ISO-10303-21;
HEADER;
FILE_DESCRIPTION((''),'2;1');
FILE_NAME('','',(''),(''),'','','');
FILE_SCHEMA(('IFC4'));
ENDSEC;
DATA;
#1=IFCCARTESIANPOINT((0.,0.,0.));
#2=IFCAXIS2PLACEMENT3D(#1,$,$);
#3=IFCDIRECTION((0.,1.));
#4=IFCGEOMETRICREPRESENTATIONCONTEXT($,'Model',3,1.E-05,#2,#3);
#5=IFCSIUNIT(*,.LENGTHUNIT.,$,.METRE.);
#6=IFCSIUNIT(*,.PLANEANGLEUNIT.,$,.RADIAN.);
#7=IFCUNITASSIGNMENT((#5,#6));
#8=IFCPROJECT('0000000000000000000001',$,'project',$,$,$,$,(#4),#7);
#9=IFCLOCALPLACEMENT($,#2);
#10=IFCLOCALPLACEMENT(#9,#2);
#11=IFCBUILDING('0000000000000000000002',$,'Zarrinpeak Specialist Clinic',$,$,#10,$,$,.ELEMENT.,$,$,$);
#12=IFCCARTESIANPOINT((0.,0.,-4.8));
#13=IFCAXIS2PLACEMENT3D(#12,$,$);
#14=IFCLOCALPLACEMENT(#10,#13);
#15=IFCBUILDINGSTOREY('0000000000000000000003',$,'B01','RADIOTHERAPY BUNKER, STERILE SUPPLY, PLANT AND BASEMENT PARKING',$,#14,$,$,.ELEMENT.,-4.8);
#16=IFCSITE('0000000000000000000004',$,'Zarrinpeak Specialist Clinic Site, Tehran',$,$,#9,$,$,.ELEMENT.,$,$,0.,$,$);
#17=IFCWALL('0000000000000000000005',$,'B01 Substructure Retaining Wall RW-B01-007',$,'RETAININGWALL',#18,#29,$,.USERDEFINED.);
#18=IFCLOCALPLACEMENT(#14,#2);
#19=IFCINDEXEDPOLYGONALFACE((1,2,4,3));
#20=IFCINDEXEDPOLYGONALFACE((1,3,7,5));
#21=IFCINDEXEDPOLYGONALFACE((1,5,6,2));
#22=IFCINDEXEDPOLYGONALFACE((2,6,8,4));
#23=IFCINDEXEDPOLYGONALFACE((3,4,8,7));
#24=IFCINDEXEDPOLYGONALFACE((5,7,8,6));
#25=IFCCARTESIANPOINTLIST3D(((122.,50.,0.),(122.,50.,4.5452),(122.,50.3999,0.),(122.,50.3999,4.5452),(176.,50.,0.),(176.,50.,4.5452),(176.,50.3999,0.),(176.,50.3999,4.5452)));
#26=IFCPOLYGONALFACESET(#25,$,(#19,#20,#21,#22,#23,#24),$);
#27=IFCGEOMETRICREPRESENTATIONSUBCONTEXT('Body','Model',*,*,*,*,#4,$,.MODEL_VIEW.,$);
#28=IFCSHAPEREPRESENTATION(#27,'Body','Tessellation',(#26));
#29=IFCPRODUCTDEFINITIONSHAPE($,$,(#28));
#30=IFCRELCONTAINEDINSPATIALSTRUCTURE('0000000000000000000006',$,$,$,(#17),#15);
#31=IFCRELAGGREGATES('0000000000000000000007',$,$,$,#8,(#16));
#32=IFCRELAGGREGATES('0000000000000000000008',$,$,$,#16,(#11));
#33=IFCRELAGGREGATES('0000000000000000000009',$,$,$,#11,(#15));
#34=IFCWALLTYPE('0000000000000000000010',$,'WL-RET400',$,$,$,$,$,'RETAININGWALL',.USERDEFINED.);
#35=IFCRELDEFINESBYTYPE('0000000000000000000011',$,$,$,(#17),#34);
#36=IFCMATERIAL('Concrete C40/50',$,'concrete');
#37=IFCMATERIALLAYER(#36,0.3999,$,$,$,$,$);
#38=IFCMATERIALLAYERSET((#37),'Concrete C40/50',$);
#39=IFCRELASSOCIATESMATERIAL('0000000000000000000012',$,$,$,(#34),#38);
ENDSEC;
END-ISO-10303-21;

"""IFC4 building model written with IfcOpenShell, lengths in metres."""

from ifc_helpers import new_model, si_unit, direction, frame, frame_2d, origin, place, context, subcontext, project, spatial, rectangle, extrude, material, layer, layer_set, type_object, element, save


model = new_model("IFC4")

# Units and contexts
model_context = context("Model", 3, precision=1e-05, world=origin(), true_north=direction((0.0, 1.0)))
body_context = subcontext(model_context, "Body", "Model", "MODEL_VIEW")
ifc_project = project(units=[si_unit("LENGTHUNIT", "METRE"), si_unit("PLANEANGLEUNIT", "RADIAN")], contexts=[model_context])

# Site, building, storey
site_placement = place(None, origin())
site = spatial("IfcSite", under=ifc_project, at=site_placement, Name="Zarrinpeak Specialist Clinic Site, Tehran", CompositionType="ELEMENT", RefElevation=0.0)
building_placement = place(site_placement, origin())
building = spatial("IfcBuilding", under=site, at=building_placement, Name="Zarrinpeak Specialist Clinic", CompositionType="ELEMENT")
storey_placement = place(building_placement, frame((0.0, 0.0, -4.8)))
storey = spatial("IfcBuildingStorey", under=building, at=storey_placement, Name="B01", Description="RADIOTHERAPY BUNKER, STERILE SUPPLY, PLANT AND BASEMENT PARKING", CompositionType="ELEMENT", Elevation=-4.8)

# Shared definitions
ifc_material_1 = material(Name="Concrete C40/50", Category="concrete")

# Wall
ifc_layer_1 = layer(ifc_material_1, 0.3999)
ifc_layer_set_1 = layer_set([ifc_layer_1], Name="Concrete C40/50")
wall_type_1 = type_object("IfcWallType", Name="WL-RET400", ElementType="RETAININGWALL", PredefinedType="USERDEFINED", material=ifc_layer_set_1)
wall_1_placement = place(storey_placement, frame((176.0, 50.2, 0.0), z_axis=(0.0, 0.0, 1.0), x_axis=(-1.0, 0.0, 0.0)))
element("IfcWall", 1, at=wall_1_placement, inside=storey, type_object=wall_type_1, Name="B01 Substructure Retaining Wall RW-B01-007", ObjectType="RETAININGWALL", PredefinedType="USERDEFINED", context=body_context, shape_type="SweptSolid", body=[
    extrude(rectangle(XDim=54.0, YDim=0.3999, at=frame_2d((27.0, 0.0))), origin(), (0.0, 0.0, 1.0), 4.5452),
])

save(model, "model.ifc")
